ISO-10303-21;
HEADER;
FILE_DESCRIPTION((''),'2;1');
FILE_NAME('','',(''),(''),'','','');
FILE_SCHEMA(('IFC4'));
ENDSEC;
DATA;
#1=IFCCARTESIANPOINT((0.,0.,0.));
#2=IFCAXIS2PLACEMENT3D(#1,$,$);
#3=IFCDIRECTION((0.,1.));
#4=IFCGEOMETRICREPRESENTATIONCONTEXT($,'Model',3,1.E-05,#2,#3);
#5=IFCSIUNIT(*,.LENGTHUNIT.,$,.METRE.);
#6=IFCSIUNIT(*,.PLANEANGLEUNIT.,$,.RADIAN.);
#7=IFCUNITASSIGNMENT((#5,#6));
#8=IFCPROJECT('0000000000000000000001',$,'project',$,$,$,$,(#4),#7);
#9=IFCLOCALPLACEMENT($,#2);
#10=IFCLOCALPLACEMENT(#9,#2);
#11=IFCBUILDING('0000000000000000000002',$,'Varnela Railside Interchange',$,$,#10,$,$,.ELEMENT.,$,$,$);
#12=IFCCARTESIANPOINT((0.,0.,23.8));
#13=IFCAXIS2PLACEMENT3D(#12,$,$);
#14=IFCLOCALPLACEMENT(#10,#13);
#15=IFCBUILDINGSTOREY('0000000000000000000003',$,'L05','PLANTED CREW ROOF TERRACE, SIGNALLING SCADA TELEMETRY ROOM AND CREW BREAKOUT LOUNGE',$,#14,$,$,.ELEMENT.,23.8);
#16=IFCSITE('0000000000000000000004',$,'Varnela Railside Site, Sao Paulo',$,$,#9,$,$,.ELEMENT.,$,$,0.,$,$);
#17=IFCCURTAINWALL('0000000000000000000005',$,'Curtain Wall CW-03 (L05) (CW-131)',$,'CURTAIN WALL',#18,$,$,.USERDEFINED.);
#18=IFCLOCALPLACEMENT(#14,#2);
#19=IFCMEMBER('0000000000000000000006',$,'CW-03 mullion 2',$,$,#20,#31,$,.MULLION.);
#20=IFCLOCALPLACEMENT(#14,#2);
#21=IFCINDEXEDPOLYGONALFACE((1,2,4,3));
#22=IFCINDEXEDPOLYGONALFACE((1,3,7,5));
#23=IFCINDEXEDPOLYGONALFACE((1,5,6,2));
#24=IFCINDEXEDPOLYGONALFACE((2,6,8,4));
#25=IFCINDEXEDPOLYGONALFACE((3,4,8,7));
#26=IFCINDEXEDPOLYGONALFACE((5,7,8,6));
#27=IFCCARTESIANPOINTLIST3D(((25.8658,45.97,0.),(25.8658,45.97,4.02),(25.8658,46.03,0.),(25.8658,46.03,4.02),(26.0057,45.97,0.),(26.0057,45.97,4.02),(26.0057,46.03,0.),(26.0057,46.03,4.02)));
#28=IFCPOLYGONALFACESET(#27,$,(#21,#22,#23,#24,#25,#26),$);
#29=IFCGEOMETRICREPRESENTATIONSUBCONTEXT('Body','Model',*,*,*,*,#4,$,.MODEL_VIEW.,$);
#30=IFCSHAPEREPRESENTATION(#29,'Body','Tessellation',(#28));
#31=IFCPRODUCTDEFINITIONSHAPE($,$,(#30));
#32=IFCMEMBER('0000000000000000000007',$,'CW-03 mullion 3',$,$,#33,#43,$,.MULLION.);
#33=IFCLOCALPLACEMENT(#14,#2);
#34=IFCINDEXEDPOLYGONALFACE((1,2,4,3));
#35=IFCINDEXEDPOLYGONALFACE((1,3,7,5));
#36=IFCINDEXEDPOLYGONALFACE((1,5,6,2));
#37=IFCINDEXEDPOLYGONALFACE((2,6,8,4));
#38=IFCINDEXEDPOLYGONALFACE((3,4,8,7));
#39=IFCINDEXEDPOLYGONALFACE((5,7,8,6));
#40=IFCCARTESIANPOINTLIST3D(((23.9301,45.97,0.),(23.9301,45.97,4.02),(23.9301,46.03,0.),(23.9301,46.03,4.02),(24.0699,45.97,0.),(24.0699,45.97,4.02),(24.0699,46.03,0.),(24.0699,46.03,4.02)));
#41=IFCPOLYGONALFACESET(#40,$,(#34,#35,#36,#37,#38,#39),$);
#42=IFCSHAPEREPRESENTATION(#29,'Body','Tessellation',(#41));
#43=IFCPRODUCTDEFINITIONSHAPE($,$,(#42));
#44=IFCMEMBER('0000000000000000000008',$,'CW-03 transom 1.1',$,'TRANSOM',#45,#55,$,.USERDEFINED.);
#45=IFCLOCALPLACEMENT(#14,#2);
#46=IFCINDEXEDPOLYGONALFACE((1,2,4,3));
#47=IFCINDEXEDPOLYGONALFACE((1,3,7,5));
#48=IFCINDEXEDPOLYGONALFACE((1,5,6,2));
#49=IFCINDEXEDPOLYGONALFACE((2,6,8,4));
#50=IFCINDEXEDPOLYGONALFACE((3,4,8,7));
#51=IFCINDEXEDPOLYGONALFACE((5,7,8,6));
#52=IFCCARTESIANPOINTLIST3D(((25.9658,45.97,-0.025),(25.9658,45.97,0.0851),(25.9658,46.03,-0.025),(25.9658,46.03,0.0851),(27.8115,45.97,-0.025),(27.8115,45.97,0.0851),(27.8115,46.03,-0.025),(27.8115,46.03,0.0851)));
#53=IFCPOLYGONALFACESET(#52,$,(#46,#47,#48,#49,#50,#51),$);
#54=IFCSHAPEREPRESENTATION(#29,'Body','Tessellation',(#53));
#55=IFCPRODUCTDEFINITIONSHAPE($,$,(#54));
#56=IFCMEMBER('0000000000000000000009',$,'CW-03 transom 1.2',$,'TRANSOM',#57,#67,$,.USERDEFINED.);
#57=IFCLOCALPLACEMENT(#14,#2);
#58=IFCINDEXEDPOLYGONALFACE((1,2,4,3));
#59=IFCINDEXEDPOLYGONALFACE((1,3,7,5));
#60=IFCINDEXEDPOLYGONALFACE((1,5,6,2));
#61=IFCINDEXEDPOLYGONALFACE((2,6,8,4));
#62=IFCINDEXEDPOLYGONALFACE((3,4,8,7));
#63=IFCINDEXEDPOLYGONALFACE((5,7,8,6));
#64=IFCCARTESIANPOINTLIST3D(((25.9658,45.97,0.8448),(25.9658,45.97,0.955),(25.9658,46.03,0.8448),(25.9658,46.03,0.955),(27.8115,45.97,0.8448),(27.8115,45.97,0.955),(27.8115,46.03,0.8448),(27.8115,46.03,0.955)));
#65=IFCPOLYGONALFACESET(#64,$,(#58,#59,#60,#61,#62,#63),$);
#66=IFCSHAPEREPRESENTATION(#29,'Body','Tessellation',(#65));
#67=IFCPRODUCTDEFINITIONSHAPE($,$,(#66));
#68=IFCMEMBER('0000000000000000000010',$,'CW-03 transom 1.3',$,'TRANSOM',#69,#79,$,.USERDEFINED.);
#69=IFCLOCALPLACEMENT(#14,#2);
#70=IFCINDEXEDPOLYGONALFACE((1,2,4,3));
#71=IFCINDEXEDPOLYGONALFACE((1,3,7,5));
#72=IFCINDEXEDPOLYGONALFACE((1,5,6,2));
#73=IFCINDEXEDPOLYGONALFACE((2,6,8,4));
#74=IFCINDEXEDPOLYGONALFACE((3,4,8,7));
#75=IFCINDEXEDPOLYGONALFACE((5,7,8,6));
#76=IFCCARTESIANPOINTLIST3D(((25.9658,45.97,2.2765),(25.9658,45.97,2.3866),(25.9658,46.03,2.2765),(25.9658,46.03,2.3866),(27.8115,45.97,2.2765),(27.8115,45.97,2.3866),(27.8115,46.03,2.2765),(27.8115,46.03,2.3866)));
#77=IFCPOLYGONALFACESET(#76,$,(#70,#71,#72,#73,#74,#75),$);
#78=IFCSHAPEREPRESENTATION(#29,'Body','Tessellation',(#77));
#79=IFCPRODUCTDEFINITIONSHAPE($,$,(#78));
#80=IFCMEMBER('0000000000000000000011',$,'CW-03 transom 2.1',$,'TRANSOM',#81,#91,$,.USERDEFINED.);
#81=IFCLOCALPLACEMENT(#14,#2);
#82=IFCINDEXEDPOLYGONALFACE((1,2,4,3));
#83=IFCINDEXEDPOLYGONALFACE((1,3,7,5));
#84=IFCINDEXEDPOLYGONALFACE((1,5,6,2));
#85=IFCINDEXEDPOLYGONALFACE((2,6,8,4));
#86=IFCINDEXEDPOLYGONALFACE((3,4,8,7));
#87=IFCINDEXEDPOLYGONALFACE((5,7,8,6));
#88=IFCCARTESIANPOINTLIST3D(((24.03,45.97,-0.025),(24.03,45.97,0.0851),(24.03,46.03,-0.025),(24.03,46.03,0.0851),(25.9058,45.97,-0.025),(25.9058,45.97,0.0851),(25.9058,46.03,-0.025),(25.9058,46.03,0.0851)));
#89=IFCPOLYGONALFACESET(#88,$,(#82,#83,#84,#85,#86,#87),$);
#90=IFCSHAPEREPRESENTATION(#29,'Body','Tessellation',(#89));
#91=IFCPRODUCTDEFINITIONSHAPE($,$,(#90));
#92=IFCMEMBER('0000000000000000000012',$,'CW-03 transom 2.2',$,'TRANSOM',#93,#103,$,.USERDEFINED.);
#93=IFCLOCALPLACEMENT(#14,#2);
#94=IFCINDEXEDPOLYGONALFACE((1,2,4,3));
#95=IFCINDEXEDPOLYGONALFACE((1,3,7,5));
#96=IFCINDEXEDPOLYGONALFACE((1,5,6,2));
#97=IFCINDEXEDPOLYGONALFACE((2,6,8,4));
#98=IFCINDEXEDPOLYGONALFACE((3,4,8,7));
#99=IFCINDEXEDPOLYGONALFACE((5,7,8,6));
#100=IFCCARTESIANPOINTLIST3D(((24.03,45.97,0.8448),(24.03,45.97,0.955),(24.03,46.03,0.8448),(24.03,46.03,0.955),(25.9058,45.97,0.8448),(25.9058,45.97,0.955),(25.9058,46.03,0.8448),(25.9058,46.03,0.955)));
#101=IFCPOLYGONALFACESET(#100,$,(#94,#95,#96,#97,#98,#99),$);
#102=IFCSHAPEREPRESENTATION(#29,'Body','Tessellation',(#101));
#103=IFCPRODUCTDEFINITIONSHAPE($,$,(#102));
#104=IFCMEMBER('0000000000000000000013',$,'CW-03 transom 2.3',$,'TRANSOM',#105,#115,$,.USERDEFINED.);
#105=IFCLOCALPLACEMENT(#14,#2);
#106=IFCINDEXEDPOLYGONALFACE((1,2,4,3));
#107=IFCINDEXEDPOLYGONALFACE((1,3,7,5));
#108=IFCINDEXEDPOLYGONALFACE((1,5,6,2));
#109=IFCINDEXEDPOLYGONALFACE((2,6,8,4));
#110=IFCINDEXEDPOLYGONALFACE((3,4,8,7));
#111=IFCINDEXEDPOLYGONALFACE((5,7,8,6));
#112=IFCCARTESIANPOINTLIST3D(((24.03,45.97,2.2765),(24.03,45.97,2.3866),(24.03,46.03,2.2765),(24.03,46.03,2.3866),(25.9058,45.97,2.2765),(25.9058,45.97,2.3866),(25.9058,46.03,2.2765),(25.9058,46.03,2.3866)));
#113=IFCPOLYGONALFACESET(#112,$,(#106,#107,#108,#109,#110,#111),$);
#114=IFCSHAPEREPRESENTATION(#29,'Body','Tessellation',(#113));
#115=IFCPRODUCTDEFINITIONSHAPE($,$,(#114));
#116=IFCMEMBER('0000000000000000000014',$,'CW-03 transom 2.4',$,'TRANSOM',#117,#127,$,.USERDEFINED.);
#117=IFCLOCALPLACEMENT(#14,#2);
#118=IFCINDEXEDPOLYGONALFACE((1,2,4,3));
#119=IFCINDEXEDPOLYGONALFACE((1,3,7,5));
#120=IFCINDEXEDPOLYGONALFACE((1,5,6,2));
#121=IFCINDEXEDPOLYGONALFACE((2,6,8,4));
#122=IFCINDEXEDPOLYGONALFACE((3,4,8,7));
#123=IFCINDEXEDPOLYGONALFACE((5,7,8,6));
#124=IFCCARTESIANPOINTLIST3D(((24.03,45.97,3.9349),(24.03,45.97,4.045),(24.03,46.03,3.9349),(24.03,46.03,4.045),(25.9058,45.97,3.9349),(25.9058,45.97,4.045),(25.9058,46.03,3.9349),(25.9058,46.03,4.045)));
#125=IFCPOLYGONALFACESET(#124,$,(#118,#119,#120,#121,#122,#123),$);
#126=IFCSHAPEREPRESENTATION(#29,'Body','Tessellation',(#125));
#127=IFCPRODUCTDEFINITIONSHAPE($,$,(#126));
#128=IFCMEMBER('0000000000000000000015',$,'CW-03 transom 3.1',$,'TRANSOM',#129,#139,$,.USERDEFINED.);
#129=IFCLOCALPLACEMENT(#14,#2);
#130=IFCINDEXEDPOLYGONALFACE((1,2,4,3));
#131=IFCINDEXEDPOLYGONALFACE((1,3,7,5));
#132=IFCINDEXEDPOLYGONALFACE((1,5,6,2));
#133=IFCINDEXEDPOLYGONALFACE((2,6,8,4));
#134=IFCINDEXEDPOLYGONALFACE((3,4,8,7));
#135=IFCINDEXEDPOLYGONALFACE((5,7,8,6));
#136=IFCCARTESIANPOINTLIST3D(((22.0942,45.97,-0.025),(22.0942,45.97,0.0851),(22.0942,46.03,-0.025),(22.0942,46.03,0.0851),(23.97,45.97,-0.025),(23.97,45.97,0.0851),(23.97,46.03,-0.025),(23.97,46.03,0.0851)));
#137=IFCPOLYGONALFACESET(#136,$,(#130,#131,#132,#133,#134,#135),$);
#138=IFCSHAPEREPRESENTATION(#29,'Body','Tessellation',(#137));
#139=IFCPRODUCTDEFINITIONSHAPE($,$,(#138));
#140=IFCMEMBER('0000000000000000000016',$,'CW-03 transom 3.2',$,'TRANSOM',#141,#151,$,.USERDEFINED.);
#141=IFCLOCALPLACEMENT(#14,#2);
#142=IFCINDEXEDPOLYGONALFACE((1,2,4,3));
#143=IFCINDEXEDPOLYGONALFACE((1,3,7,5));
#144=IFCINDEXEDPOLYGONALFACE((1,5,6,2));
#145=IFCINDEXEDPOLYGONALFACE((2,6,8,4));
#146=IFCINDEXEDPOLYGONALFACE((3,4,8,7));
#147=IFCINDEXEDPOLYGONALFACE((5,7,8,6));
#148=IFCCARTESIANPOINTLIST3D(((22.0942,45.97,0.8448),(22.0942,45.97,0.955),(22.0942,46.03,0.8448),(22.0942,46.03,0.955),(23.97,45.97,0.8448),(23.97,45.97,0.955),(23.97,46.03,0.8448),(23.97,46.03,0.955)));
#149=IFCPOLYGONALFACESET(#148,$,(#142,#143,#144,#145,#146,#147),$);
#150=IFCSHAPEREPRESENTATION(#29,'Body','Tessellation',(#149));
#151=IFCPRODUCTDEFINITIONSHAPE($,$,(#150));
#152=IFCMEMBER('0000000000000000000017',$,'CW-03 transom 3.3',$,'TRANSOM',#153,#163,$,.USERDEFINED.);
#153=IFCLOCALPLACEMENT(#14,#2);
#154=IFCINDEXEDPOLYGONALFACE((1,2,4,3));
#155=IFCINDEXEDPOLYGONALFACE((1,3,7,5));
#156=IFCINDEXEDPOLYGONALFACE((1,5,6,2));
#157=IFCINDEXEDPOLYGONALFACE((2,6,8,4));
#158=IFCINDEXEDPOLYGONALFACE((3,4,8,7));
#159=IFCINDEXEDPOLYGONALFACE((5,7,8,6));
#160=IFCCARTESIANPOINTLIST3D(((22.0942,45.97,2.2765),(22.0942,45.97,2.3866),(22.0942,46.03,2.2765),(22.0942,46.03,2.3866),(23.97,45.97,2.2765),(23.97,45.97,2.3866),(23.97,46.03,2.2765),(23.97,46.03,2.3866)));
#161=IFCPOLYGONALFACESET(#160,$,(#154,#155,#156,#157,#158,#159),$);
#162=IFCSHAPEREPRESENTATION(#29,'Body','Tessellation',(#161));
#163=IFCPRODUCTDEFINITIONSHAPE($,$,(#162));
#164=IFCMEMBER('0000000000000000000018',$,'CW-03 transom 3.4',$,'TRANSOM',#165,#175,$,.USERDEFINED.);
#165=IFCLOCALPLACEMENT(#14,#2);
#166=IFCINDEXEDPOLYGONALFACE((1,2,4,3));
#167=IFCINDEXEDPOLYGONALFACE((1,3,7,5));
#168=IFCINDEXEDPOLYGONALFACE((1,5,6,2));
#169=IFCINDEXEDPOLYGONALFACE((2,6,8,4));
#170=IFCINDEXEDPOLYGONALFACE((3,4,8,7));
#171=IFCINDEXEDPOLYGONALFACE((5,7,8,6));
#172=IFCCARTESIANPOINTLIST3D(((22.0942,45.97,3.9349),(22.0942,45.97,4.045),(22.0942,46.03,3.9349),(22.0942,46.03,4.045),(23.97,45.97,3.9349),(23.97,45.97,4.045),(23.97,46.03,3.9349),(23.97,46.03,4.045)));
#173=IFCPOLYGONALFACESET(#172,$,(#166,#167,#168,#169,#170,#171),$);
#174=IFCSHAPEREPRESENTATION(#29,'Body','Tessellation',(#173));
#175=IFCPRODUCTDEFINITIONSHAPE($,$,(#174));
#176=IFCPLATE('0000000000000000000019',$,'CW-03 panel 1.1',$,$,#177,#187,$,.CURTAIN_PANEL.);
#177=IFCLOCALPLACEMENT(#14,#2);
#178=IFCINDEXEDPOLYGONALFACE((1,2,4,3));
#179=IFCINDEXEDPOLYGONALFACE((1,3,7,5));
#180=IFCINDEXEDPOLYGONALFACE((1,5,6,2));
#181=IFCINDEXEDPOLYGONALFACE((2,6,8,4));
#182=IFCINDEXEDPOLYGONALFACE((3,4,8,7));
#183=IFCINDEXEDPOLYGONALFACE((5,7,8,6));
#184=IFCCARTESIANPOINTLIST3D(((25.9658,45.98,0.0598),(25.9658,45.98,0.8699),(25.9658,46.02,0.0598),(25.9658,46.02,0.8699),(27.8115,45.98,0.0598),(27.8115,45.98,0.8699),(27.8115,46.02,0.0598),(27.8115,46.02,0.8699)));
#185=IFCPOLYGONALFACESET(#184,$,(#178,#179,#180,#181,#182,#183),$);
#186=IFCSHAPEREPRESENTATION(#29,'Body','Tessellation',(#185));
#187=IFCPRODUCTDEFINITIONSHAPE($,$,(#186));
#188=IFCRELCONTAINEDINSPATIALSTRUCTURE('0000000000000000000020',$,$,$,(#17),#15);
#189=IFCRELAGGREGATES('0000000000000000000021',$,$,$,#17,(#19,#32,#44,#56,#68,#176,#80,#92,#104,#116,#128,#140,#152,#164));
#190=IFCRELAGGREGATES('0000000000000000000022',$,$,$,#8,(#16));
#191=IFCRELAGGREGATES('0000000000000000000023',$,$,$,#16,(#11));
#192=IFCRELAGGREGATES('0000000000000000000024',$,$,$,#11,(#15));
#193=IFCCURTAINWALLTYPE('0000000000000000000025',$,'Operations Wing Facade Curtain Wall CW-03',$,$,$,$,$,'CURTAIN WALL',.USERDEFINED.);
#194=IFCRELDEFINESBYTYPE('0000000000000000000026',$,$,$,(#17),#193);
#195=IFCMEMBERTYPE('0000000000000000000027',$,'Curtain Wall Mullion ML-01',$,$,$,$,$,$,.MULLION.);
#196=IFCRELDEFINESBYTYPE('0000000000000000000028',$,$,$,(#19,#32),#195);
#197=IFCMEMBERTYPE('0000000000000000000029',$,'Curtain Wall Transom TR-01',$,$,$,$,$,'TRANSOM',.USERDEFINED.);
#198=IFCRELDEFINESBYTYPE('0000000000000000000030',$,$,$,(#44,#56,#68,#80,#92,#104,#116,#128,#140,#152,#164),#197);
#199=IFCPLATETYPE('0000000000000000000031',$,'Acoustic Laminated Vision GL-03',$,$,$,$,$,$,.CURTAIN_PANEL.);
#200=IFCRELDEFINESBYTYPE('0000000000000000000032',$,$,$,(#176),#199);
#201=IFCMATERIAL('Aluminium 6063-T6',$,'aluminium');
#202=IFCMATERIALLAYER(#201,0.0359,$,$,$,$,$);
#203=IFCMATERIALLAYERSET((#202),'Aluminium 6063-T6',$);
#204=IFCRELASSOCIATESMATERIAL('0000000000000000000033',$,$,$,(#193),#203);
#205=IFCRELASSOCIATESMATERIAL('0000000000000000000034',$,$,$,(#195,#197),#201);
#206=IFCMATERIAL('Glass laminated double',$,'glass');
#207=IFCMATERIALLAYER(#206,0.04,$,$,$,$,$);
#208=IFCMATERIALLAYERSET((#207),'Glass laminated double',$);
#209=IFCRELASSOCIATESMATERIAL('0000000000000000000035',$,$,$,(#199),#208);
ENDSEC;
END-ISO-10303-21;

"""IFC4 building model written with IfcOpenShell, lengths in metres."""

from ifc_helpers import new_model, si_unit, direction, frame, origin, origin_2d, place, context, subcontext, project, spatial, rectangle, extrude, material, layer, layer_set, material_profile, profile_set, type_object, element, aggregate, save


model = new_model("IFC4")

# Units and contexts
model_context = context("Model", 3, precision=1e-05, world=origin(), true_north=direction((0.0, 1.0)))
body_context = subcontext(model_context, "Body", "Model", "MODEL_VIEW")
ifc_project = project(units=[si_unit("LENGTHUNIT", "METRE"), si_unit("PLANEANGLEUNIT", "RADIAN")], contexts=[model_context])

# Site, building, storey
site_placement = place(None, origin())
site = spatial("IfcSite", under=ifc_project, at=site_placement, Name="Varnela Railside Site, Sao Paulo", CompositionType="ELEMENT", RefElevation=0.0)
building_placement = place(site_placement, origin())
building = spatial("IfcBuilding", under=site, at=building_placement, Name="Varnela Railside Interchange", CompositionType="ELEMENT")
storey_placement = place(building_placement, frame((0.0, 0.0, 23.8)))
storey = spatial("IfcBuildingStorey", under=building, at=storey_placement, Name="L05", Description="PLANTED CREW ROOF TERRACE, SIGNALLING SCADA TELEMETRY ROOM AND CREW BREAKOUT LOUNGE", CompositionType="ELEMENT", Elevation=23.8)

# Curtain wall, members, plate
ifc_material_1 = material(Name="Aluminium 6063-T6", Category="aluminium")
ifc_layer_1 = layer(ifc_material_1, 0.0359)
ifc_layer_set_1 = layer_set([ifc_layer_1], Name="Aluminium 6063-T6")
curtain_wall_type = type_object("IfcCurtainWallType", Name="Operations Wing Facade Curtain Wall CW-03", ElementType="CURTAIN WALL", PredefinedType="USERDEFINED", material=ifc_layer_set_1)
curtain_wall_placement = place(storey_placement, origin())
curtain_wall = element("IfcCurtainWall", 1, at=curtain_wall_placement, inside=storey, type_object=curtain_wall_type, Name="Curtain Wall CW-03 (L05) (CW-131)", ObjectType="CURTAIN WALL", PredefinedType="USERDEFINED")
ifc_material_profile_1 = material_profile(ifc_material_1, rectangle(XDim=0.0601, YDim=0.1399, at=origin_2d()), Name="ALU 60x140")
ifc_profile_set_1 = profile_set([ifc_material_profile_1], Name="Aluminium 6063-T6")
member_type_1 = type_object("IfcMemberType", Name="Curtain Wall Mullion ML-01", PredefinedType="MULLION", material=ifc_profile_set_1)
member_1_placement = place(storey_placement, frame((25.9358, 46.0, 0.0), z_axis=(0.0, 0.0, 1.0), x_axis=(0.0, -1.0, 0.0)))
member_1 = element("IfcMember", 2, at=member_1_placement, type_object=member_type_1, Name="CW-03 mullion 2", PredefinedType="MULLION", context=body_context, shape_type="SweptSolid", body=[
    extrude(rectangle(XDim=0.0601, YDim=0.1399, at=origin_2d()), origin(), (0.0, 0.0, 1.0), 4.02),
])
member_2_placement = place(storey_placement, frame((24.0, 46.0, 0.0), z_axis=(0.0, 0.0, 1.0), x_axis=(0.0, -1.0, 0.0)))
member_2 = element("IfcMember", 3, at=member_2_placement, type_object=member_type_1, Name="CW-03 mullion 3", PredefinedType="MULLION", context=body_context, shape_type="SweptSolid", body=[
    extrude(rectangle(XDim=0.0601, YDim=0.1399, at=origin_2d()), origin(), (0.0, 0.0, 1.0), 4.02),
])
ifc_material_profile_2 = material_profile(ifc_material_1, rectangle(XDim=0.0601, YDim=0.1101, at=origin_2d()), Name="ALU 60x110")
ifc_profile_set_2 = profile_set([ifc_material_profile_2], Name="Aluminium 6063-T6")
member_type_2 = type_object("IfcMemberType", Name="Curtain Wall Transom TR-01", ElementType="TRANSOM", PredefinedType="USERDEFINED", material=ifc_profile_set_2)
member_3_placement = place(storey_placement, frame((27.8115, 46.0, 0.03), z_axis=(-1.0, 0.0, 0.0), x_axis=(0.0, -1.0, 0.0)))
member_3 = element("IfcMember", 4, at=member_3_placement, type_object=member_type_2, Name="CW-03 transom 1.1", ObjectType="TRANSOM", PredefinedType="USERDEFINED", context=body_context, shape_type="SweptSolid", body=[
    extrude(rectangle(XDim=0.0601, YDim=0.1101, at=origin_2d()), origin(), (0.0, 0.0, 1.0), 1.8457),
])
member_4_placement = place(storey_placement, frame((27.8115, 46.0, 0.8999), z_axis=(-1.0, 0.0, 0.0), x_axis=(0.0, -1.0, 0.0)))
member_4 = element("IfcMember", 5, at=member_4_placement, type_object=member_type_2, Name="CW-03 transom 1.2", ObjectType="TRANSOM", PredefinedType="USERDEFINED", context=body_context, shape_type="SweptSolid", body=[
    extrude(rectangle(XDim=0.0601, YDim=0.1101, at=origin_2d()), origin(), (0.0, 0.0, 1.0), 1.8457),
])
member_5_placement = place(storey_placement, frame((27.8115, 46.0, 2.3315), z_axis=(-1.0, 0.0, 0.0), x_axis=(0.0, -1.0, 0.0)))
member_5 = element("IfcMember", 6, at=member_5_placement, type_object=member_type_2, Name="CW-03 transom 1.3", ObjectType="TRANSOM", PredefinedType="USERDEFINED", context=body_context, shape_type="SweptSolid", body=[
    extrude(rectangle(XDim=0.0601, YDim=0.1101, at=origin_2d()), origin(), (0.0, 0.0, 1.0), 1.8457),
])
member_6_placement = place(storey_placement, frame((25.9058, 46.0, 0.03), z_axis=(-1.0, 0.0, 0.0), x_axis=(0.0, -1.0, 0.0)))
member_6 = element("IfcMember", 7, at=member_6_placement, type_object=member_type_2, Name="CW-03 transom 2.1", ObjectType="TRANSOM", PredefinedType="USERDEFINED", context=body_context, shape_type="SweptSolid", body=[
    extrude(rectangle(XDim=0.0601, YDim=0.1101, at=origin_2d()), origin(), (0.0, 0.0, 1.0), 1.8757),
])
member_7_placement = place(storey_placement, frame((25.9058, 46.0, 0.8999), z_axis=(-1.0, 0.0, 0.0), x_axis=(0.0, -1.0, 0.0)))
member_7 = element("IfcMember", 8, at=member_7_placement, type_object=member_type_2, Name="CW-03 transom 2.2", ObjectType="TRANSOM", PredefinedType="USERDEFINED", context=body_context, shape_type="SweptSolid", body=[
    extrude(rectangle(XDim=0.0601, YDim=0.1101, at=origin_2d()), origin(), (0.0, 0.0, 1.0), 1.8757),
])
member_8_placement = place(storey_placement, frame((25.9058, 46.0, 2.3315), z_axis=(-1.0, 0.0, 0.0), x_axis=(0.0, -1.0, 0.0)))
member_8 = element("IfcMember", 9, at=member_8_placement, type_object=member_type_2, Name="CW-03 transom 2.3", ObjectType="TRANSOM", PredefinedType="USERDEFINED", context=body_context, shape_type="SweptSolid", body=[
    extrude(rectangle(XDim=0.0601, YDim=0.1101, at=origin_2d()), origin(), (0.0, 0.0, 1.0), 1.8757),
])
member_9_placement = place(storey_placement, frame((25.9058, 46.0, 3.99), z_axis=(-1.0, 0.0, 0.0), x_axis=(0.0, -1.0, 0.0)))
member_9 = element("IfcMember", 10, at=member_9_placement, type_object=member_type_2, Name="CW-03 transom 2.4", ObjectType="TRANSOM", PredefinedType="USERDEFINED", context=body_context, shape_type="SweptSolid", body=[
    extrude(rectangle(XDim=0.0601, YDim=0.1101, at=origin_2d()), origin(), (0.0, 0.0, 1.0), 1.8757),
])
member_10_placement = place(storey_placement, frame((23.97, 46.0, 0.03), z_axis=(-1.0, 0.0, 0.0), x_axis=(0.0, -1.0, 0.0)))
member_10 = element("IfcMember", 11, at=member_10_placement, type_object=member_type_2, Name="CW-03 transom 3.1", ObjectType="TRANSOM", PredefinedType="USERDEFINED", context=body_context, shape_type="SweptSolid", body=[
    extrude(rectangle(XDim=0.0601, YDim=0.1101, at=origin_2d()), origin(), (0.0, 0.0, 1.0), 1.8757),
])
member_11_placement = place(storey_placement, frame((23.97, 46.0, 0.8999), z_axis=(-1.0, 0.0, 0.0), x_axis=(0.0, -1.0, 0.0)))
member_11 = element("IfcMember", 12, at=member_11_placement, type_object=member_type_2, Name="CW-03 transom 3.2", ObjectType="TRANSOM", PredefinedType="USERDEFINED", context=body_context, shape_type="SweptSolid", body=[
    extrude(rectangle(XDim=0.0601, YDim=0.1101, at=origin_2d()), origin(), (0.0, 0.0, 1.0), 1.8757),
])
member_12_placement = place(storey_placement, frame((23.97, 46.0, 2.3315), z_axis=(-1.0, 0.0, 0.0), x_axis=(0.0, -1.0, 0.0)))
member_12 = element("IfcMember", 13, at=member_12_placement, type_object=member_type_2, Name="CW-03 transom 3.3", ObjectType="TRANSOM", PredefinedType="USERDEFINED", context=body_context, shape_type="SweptSolid", body=[
    extrude(rectangle(XDim=0.0601, YDim=0.1101, at=origin_2d()), origin(), (0.0, 0.0, 1.0), 1.8757),
])
member_13_placement = place(storey_placement, frame((23.97, 46.0, 3.99), z_axis=(-1.0, 0.0, 0.0), x_axis=(0.0, -1.0, 0.0)))
member_13 = element("IfcMember", 14, at=member_13_placement, type_object=member_type_2, Name="CW-03 transom 3.4", ObjectType="TRANSOM", PredefinedType="USERDEFINED", context=body_context, shape_type="SweptSolid", body=[
    extrude(rectangle(XDim=0.0601, YDim=0.1101, at=origin_2d()), origin(), (0.0, 0.0, 1.0), 1.8757),
])
ifc_material_2 = material(Name="Glass laminated double", Category="glass")
ifc_layer_2 = layer(ifc_material_2, 0.04)
ifc_layer_set_2 = layer_set([ifc_layer_2], Name="Glass laminated double")
plate_type = type_object("IfcPlateType", Name="Acoustic Laminated Vision GL-03", PredefinedType="CURTAIN_PANEL", material=ifc_layer_set_2)
plate_1_placement = place(storey_placement, frame((26.8887, 46.0, 0.0598), z_axis=(0.0, 0.0, 1.0), x_axis=(-1.0, 0.0, 0.0)))
plate_1 = element("IfcPlate", 15, at=plate_1_placement, type_object=plate_type, Name="CW-03 panel 1.1", PredefinedType="CURTAIN_PANEL", context=body_context, shape_type="SweptSolid", body=[
    extrude(rectangle(XDim=1.8457, YDim=0.04, at=origin_2d()), origin(), (0.0, 0.0, 1.0), 0.8101),
])
aggregate(curtain_wall, [member_1, member_2, member_3, member_4, member_5, plate_1, member_6, member_7, member_8, member_9, member_10, member_11, member_12, member_13])

save(model, "model.ifc")
